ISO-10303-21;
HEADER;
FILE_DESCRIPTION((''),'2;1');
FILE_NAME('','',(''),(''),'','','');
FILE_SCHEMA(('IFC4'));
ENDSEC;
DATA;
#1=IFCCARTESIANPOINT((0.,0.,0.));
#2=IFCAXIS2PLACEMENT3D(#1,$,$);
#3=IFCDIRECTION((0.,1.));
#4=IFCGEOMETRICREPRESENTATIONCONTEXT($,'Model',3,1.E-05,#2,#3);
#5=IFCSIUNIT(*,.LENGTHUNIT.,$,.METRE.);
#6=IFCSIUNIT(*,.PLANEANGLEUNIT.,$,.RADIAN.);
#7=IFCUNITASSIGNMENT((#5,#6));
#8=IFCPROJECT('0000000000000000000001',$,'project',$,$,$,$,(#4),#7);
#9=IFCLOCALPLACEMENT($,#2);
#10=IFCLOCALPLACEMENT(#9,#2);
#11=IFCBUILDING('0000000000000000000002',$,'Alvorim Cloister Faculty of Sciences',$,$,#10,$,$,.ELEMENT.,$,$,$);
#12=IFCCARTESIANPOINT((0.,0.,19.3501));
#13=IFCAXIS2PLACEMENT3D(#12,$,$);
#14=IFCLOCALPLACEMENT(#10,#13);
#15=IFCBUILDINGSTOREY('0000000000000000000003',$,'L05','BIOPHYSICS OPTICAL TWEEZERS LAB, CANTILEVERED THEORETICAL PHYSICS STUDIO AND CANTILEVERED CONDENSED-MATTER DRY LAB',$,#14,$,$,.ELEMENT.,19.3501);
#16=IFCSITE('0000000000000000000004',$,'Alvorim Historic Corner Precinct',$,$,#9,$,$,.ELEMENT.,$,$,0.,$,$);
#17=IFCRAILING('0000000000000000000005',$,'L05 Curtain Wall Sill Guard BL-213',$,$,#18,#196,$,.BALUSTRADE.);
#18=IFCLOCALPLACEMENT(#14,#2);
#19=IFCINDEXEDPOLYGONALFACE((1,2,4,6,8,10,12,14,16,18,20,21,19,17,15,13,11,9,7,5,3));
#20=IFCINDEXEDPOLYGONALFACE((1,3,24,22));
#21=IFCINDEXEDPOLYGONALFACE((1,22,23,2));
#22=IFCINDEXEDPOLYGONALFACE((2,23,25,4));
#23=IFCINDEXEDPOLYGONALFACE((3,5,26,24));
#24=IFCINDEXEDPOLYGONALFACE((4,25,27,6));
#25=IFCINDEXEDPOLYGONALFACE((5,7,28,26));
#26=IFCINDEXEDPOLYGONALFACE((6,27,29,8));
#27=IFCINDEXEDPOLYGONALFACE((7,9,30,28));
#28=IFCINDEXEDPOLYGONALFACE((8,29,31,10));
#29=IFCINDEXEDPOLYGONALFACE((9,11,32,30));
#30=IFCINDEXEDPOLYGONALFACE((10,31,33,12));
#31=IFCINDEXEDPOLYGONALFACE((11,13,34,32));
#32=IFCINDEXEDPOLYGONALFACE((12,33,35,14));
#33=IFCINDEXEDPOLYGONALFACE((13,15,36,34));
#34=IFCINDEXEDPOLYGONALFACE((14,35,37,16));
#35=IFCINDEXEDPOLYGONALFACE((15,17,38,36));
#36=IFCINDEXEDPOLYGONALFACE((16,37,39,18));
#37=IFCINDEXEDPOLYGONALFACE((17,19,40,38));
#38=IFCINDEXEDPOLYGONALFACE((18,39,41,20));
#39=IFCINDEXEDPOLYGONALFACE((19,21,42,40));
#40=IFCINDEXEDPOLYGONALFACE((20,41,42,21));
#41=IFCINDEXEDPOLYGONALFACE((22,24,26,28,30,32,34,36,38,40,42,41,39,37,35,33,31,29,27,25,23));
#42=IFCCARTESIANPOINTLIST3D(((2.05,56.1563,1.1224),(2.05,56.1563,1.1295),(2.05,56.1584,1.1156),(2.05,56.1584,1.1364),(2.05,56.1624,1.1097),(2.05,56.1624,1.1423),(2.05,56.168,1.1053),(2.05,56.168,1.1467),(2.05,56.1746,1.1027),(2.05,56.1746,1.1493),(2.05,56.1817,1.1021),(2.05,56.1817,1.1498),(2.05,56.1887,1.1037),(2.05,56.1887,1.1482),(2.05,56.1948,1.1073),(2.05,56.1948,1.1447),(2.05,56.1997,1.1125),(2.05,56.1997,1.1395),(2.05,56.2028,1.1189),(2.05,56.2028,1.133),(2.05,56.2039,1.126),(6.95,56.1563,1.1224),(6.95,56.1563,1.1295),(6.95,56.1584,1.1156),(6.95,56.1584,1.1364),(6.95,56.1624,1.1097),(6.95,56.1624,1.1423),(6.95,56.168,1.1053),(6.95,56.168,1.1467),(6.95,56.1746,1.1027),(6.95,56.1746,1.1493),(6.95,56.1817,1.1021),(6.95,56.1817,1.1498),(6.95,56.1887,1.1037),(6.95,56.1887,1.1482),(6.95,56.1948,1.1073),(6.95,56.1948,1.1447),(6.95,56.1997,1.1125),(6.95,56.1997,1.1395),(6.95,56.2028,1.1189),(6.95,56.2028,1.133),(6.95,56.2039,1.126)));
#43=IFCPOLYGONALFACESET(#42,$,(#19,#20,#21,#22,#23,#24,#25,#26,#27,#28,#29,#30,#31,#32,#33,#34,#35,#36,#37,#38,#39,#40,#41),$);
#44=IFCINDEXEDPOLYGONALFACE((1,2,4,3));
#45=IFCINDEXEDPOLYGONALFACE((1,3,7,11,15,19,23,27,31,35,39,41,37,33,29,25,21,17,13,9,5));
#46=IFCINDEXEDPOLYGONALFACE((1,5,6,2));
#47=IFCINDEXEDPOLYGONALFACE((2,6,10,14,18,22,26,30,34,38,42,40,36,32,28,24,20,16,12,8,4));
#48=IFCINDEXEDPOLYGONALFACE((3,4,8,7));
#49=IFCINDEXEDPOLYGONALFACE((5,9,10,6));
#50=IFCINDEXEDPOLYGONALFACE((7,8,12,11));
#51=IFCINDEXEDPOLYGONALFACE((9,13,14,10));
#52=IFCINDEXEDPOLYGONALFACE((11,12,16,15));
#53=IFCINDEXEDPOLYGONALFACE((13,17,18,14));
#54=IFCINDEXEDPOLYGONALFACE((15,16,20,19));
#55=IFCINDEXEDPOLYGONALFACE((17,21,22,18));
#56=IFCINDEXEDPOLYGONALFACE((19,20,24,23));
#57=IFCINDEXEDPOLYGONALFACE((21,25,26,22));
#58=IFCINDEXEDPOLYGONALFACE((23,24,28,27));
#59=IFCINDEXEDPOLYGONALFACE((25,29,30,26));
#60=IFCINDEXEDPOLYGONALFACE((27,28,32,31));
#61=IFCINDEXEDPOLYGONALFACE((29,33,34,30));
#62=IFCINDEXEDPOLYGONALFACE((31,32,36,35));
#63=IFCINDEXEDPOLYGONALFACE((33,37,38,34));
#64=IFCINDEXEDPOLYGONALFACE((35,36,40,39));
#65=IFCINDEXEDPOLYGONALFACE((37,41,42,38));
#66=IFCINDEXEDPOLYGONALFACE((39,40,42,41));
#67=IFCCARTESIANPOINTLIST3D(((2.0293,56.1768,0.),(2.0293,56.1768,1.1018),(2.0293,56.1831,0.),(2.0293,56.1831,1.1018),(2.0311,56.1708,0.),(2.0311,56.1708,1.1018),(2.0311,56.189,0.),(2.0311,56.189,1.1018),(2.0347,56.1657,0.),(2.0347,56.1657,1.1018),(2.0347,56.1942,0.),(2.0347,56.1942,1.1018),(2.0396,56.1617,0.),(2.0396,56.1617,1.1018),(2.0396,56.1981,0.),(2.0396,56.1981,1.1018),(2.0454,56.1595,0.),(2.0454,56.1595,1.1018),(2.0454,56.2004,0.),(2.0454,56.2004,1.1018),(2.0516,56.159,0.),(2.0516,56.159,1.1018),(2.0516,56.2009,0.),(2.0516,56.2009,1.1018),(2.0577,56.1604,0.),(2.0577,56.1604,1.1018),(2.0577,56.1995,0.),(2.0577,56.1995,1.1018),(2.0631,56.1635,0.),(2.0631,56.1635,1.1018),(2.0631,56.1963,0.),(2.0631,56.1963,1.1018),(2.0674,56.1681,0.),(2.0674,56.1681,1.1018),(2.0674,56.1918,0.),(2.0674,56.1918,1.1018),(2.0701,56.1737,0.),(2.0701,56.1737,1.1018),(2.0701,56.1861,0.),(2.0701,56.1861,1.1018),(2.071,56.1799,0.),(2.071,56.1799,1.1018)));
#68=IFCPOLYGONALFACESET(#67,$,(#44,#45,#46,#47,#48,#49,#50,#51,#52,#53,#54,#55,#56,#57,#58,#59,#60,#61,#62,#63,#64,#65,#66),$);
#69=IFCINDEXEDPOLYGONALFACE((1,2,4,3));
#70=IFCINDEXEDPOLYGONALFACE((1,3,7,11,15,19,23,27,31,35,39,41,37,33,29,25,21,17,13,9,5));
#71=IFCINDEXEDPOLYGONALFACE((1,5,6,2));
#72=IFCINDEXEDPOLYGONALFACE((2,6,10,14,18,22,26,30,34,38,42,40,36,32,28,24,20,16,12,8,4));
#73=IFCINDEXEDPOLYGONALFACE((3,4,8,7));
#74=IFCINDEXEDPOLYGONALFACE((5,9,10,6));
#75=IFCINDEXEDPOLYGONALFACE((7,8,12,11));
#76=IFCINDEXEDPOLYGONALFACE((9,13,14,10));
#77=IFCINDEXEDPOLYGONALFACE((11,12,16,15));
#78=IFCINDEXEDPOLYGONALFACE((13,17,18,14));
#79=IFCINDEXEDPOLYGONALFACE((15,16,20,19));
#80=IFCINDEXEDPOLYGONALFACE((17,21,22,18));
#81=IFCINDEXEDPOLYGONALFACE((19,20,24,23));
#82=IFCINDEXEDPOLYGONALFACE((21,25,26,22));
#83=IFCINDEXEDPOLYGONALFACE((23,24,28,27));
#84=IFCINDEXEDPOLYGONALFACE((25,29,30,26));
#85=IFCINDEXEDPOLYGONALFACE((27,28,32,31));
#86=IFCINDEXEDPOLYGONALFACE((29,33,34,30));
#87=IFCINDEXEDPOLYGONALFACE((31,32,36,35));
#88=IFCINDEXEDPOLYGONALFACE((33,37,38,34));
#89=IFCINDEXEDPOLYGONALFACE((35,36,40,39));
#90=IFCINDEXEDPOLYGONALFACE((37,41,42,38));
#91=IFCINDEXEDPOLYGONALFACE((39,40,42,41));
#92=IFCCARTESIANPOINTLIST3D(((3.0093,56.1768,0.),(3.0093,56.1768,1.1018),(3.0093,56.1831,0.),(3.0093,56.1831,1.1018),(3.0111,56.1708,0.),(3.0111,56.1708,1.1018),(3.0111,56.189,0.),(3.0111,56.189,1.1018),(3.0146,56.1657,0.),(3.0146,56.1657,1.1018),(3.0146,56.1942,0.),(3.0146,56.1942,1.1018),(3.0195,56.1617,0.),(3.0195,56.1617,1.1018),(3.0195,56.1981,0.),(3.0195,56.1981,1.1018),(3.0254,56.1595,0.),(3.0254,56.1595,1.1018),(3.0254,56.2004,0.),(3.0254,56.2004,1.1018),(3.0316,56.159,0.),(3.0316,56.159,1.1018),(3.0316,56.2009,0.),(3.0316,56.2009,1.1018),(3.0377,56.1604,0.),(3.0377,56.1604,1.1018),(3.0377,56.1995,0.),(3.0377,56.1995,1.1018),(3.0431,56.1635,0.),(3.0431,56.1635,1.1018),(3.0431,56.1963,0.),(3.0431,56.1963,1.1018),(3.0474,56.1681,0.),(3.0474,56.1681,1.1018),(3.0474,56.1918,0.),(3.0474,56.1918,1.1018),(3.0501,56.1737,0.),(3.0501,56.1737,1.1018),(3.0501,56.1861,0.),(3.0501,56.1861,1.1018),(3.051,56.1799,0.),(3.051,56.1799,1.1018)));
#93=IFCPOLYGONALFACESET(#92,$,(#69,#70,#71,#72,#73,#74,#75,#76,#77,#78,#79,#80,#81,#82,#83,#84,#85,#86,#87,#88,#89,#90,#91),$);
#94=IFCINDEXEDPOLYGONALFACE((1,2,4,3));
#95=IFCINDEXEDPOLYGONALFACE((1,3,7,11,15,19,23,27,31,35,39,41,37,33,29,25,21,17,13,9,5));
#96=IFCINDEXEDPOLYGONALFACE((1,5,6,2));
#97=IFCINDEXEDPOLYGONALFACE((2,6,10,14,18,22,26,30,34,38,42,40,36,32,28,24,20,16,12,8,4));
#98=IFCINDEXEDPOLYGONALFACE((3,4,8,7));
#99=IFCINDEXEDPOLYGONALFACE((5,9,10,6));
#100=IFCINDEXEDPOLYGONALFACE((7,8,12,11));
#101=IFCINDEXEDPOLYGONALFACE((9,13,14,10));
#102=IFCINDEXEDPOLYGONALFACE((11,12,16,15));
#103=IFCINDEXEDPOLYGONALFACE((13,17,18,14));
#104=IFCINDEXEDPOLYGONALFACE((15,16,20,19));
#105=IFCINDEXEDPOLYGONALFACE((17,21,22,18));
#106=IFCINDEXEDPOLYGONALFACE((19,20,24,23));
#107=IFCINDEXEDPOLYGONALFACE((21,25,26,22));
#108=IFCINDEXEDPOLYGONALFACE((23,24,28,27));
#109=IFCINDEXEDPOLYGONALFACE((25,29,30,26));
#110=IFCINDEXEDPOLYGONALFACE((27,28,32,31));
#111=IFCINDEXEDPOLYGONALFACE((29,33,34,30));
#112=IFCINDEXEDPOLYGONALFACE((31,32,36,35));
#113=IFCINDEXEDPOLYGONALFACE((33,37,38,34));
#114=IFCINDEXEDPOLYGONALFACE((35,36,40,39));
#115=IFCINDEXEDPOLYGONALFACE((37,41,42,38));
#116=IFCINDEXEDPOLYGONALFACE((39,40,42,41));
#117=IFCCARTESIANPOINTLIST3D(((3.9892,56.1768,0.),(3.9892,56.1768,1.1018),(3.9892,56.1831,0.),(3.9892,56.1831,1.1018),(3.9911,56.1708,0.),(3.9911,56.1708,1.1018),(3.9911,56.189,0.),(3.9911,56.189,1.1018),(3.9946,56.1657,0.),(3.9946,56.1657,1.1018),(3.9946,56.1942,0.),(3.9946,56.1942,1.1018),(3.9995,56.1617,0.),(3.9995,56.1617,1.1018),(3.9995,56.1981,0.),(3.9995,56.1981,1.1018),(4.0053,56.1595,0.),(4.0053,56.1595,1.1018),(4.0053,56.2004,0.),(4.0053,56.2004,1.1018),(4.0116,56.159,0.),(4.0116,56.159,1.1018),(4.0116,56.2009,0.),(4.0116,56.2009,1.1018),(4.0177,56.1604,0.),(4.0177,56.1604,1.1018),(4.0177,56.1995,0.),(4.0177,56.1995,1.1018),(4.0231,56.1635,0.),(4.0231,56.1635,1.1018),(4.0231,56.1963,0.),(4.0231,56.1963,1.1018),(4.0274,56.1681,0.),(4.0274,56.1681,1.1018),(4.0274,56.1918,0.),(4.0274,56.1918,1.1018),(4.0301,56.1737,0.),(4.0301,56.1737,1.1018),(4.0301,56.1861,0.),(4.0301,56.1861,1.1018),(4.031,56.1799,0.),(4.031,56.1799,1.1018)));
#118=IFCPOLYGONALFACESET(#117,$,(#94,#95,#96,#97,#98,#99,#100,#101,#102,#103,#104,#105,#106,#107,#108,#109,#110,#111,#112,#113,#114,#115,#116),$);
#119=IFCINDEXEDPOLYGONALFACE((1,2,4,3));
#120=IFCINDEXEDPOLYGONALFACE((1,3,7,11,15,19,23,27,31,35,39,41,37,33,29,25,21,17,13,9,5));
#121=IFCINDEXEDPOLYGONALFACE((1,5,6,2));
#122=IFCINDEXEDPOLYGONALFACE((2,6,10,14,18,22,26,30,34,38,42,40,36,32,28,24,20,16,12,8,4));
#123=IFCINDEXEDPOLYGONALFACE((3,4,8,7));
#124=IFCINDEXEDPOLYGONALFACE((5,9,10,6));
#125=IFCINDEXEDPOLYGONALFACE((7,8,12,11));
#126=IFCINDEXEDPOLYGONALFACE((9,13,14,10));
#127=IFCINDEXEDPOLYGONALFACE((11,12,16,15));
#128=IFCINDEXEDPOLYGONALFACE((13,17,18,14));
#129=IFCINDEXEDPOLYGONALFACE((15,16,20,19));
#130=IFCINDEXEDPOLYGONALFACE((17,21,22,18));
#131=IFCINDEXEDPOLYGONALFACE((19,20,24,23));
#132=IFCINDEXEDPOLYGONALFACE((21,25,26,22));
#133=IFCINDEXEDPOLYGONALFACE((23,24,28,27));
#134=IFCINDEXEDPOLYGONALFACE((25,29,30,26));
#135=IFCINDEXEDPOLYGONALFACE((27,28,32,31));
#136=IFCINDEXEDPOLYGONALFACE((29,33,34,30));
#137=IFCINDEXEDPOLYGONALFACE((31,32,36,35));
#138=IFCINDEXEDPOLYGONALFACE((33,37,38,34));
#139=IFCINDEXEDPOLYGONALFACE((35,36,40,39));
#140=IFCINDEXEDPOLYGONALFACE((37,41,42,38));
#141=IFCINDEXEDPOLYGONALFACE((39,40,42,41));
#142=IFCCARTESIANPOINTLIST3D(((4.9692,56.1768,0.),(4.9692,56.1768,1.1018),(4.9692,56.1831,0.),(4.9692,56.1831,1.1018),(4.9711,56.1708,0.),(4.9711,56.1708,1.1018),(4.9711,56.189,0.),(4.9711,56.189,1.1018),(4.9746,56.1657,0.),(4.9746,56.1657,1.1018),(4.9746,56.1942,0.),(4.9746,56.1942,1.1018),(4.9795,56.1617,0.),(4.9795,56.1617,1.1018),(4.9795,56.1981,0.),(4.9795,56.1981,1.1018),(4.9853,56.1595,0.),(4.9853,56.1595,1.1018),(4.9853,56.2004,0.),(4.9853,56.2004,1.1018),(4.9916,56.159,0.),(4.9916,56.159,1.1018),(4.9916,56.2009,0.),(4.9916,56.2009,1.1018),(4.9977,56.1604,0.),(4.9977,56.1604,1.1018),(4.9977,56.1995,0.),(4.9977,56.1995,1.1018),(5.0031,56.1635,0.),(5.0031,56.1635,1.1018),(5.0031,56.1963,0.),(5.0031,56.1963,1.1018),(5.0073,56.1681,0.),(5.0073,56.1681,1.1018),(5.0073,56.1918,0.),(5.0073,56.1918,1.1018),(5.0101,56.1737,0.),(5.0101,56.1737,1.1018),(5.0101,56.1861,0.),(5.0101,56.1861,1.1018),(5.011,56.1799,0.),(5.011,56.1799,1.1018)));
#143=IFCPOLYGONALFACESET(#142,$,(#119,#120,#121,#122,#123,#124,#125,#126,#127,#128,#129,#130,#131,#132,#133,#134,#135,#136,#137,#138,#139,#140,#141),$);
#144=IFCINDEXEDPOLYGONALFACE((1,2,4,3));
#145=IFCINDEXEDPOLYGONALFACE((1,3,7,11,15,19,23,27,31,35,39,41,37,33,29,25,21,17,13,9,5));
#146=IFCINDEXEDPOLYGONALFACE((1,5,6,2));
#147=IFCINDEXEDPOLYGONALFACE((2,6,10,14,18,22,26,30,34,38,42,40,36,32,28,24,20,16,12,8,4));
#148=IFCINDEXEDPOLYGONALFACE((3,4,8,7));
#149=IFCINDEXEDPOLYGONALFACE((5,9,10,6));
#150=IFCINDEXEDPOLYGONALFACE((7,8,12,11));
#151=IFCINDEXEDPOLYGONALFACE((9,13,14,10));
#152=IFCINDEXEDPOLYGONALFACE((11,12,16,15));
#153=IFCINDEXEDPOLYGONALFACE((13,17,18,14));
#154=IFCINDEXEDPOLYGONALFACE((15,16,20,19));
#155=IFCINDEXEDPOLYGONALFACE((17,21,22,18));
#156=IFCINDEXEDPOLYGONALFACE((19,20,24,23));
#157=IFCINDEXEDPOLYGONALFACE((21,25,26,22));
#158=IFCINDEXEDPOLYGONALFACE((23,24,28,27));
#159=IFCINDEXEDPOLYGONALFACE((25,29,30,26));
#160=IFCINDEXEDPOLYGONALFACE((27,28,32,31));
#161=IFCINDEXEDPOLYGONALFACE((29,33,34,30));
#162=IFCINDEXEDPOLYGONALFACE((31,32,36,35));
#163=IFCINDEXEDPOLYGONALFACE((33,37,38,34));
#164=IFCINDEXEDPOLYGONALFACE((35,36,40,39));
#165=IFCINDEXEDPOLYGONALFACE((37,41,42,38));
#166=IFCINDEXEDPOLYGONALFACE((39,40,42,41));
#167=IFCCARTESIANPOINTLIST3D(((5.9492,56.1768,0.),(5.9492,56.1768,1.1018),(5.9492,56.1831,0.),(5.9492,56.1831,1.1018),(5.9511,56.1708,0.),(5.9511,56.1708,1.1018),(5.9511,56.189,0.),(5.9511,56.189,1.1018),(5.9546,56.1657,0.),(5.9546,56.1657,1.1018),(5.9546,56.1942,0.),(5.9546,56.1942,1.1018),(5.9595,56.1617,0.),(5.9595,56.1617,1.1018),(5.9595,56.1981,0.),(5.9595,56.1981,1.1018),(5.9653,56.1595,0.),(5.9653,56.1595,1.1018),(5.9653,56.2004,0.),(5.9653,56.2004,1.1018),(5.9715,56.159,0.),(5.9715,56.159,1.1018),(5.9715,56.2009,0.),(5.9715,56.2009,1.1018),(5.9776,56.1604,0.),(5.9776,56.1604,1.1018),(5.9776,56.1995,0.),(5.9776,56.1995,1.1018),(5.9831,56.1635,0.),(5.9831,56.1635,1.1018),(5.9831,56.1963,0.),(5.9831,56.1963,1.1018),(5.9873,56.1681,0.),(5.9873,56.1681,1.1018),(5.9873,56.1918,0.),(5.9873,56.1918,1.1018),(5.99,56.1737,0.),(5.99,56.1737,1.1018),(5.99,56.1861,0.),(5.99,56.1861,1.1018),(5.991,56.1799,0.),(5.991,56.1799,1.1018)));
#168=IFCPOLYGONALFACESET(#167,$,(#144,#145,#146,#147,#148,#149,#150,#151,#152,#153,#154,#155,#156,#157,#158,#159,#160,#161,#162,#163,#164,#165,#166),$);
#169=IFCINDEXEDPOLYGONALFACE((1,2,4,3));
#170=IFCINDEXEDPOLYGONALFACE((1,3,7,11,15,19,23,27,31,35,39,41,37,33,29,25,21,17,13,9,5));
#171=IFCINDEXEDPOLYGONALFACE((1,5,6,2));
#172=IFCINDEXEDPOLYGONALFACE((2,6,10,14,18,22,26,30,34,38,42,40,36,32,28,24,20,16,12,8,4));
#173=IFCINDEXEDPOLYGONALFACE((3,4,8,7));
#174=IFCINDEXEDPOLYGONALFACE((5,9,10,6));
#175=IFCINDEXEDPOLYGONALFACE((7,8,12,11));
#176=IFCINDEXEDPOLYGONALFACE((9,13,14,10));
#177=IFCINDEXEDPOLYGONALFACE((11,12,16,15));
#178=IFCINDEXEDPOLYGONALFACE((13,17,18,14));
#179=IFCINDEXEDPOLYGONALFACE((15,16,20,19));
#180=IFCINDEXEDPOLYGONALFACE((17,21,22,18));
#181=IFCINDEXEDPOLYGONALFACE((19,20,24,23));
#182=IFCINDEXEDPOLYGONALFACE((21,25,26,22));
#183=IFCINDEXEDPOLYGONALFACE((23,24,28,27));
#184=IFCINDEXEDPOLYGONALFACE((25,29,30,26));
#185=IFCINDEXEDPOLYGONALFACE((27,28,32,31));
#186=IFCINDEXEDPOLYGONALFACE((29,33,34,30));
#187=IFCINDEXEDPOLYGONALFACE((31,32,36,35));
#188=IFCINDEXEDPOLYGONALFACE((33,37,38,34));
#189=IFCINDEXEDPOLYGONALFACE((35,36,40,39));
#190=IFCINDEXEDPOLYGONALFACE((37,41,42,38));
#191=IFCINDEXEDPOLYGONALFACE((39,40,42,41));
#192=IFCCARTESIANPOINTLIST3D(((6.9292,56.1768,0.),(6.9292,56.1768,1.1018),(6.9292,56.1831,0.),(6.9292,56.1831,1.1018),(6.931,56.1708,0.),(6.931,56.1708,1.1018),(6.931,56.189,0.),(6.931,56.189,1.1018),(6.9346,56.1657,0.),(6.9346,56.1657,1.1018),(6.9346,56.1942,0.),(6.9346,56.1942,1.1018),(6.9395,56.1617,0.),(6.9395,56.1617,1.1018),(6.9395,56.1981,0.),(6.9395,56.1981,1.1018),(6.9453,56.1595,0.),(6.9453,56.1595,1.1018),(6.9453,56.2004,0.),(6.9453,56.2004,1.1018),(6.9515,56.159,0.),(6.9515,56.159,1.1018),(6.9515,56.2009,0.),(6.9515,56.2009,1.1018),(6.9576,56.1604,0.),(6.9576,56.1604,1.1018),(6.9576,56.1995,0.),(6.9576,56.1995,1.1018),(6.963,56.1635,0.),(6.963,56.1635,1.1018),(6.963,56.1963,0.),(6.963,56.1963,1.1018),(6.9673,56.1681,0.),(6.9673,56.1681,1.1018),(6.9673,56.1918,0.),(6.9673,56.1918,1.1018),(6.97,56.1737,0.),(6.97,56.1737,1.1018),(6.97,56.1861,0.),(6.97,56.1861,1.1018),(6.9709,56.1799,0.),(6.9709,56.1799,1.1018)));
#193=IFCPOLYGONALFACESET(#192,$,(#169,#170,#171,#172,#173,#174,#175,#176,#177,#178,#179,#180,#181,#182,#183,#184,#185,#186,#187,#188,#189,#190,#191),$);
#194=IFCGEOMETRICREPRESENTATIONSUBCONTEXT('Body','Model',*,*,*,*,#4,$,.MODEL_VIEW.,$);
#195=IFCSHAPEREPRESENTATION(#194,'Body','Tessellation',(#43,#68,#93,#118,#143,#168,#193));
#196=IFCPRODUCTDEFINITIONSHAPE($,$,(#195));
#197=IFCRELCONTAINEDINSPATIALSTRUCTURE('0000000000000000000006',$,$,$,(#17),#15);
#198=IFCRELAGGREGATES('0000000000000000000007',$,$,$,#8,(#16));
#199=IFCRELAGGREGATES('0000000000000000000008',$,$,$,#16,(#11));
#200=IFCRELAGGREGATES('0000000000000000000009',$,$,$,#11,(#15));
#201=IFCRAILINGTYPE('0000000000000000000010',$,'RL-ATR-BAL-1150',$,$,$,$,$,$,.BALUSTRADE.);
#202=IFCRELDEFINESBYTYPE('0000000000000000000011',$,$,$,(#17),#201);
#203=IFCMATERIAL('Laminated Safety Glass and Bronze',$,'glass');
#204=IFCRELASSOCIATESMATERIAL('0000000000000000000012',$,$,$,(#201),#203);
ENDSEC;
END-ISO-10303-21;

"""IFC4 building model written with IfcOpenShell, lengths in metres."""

from ifc_helpers import new_model, si_unit, direction, frame, origin, origin_2d, place, context, subcontext, project, spatial, circle, extrude, material, type_object, element, save


model = new_model("IFC4")

# Units and contexts
model_context = context("Model", 3, precision=1e-05, world=origin(), true_north=direction((0.0, 1.0)))
body_context = subcontext(model_context, "Body", "Model", "MODEL_VIEW")
ifc_project = project(units=[si_unit("LENGTHUNIT", "METRE"), si_unit("PLANEANGLEUNIT", "RADIAN")], contexts=[model_context])

# Site, building, storey
site_placement = place(None, origin())
site = spatial("IfcSite", under=ifc_project, at=site_placement, Name="Alvorim Historic Corner Precinct", CompositionType="ELEMENT", RefElevation=0.0)
building_placement = place(site_placement, origin())
building = spatial("IfcBuilding", under=site, at=building_placement, Name="Alvorim Cloister Faculty of Sciences", CompositionType="ELEMENT")
storey_placement = place(building_placement, frame((0.0, 0.0, 19.3501)))
storey = spatial("IfcBuildingStorey", under=building, at=storey_placement, Name="L05", Description="BIOPHYSICS OPTICAL TWEEZERS LAB, CANTILEVERED THEORETICAL PHYSICS STUDIO AND CANTILEVERED CONDENSED-MATTER DRY LAB", CompositionType="ELEMENT", Elevation=19.3501)

# Railing
ifc_material_1 = material(Name="Laminated Safety Glass and Bronze", Category="glass")
railing_type = type_object("IfcRailingType", Name="RL-ATR-BAL-1150", PredefinedType="BALUSTRADE", material=ifc_material_1)
railing_1_placement = place(storey_placement, frame((2.05, 56.1799, 0.0)))
element("IfcRailing", 1, at=railing_1_placement, inside=storey, type_object=railing_type, Name="L05 Curtain Wall Sill Guard BL-213", PredefinedType="BALUSTRADE", context=body_context, shape_type="SweptSolid", body=[
    extrude(circle(Radius=0.0239, at=origin_2d()), frame((0.0, 0.0, 1.126), z_axis=(1.0, 0.0, 0.0), x_axis=(0.0, 1.0, 0.0)), (0.0, 0.0, 1.0), 4.8999),
    extrude(circle(Radius=0.021, at=origin_2d()), origin(), (0.0, 0.0, 1.0), 1.1018),
    extrude(circle(Radius=0.021, at=origin_2d()), frame((0.98, 0.0, 0.0)), (0.0, 0.0, 1.0), 1.1018),
    extrude(circle(Radius=0.021, at=origin_2d()), frame((1.96, 0.0, 0.0)), (0.0, 0.0, 1.0), 1.1018),
    extrude(circle(Radius=0.021, at=origin_2d()), frame((2.9399, 0.0, 0.0)), (0.0, 0.0, 1.0), 1.1018),
    extrude(circle(Radius=0.021, at=origin_2d()), frame((3.9199, 0.0, 0.0)), (0.0, 0.0, 1.0), 1.1018),
    extrude(circle(Radius=0.021, at=origin_2d()), frame((4.8999, 0.0, 0.0)), (0.0, 0.0, 1.0), 1.1018),
])

save(model, "model.ifc")
